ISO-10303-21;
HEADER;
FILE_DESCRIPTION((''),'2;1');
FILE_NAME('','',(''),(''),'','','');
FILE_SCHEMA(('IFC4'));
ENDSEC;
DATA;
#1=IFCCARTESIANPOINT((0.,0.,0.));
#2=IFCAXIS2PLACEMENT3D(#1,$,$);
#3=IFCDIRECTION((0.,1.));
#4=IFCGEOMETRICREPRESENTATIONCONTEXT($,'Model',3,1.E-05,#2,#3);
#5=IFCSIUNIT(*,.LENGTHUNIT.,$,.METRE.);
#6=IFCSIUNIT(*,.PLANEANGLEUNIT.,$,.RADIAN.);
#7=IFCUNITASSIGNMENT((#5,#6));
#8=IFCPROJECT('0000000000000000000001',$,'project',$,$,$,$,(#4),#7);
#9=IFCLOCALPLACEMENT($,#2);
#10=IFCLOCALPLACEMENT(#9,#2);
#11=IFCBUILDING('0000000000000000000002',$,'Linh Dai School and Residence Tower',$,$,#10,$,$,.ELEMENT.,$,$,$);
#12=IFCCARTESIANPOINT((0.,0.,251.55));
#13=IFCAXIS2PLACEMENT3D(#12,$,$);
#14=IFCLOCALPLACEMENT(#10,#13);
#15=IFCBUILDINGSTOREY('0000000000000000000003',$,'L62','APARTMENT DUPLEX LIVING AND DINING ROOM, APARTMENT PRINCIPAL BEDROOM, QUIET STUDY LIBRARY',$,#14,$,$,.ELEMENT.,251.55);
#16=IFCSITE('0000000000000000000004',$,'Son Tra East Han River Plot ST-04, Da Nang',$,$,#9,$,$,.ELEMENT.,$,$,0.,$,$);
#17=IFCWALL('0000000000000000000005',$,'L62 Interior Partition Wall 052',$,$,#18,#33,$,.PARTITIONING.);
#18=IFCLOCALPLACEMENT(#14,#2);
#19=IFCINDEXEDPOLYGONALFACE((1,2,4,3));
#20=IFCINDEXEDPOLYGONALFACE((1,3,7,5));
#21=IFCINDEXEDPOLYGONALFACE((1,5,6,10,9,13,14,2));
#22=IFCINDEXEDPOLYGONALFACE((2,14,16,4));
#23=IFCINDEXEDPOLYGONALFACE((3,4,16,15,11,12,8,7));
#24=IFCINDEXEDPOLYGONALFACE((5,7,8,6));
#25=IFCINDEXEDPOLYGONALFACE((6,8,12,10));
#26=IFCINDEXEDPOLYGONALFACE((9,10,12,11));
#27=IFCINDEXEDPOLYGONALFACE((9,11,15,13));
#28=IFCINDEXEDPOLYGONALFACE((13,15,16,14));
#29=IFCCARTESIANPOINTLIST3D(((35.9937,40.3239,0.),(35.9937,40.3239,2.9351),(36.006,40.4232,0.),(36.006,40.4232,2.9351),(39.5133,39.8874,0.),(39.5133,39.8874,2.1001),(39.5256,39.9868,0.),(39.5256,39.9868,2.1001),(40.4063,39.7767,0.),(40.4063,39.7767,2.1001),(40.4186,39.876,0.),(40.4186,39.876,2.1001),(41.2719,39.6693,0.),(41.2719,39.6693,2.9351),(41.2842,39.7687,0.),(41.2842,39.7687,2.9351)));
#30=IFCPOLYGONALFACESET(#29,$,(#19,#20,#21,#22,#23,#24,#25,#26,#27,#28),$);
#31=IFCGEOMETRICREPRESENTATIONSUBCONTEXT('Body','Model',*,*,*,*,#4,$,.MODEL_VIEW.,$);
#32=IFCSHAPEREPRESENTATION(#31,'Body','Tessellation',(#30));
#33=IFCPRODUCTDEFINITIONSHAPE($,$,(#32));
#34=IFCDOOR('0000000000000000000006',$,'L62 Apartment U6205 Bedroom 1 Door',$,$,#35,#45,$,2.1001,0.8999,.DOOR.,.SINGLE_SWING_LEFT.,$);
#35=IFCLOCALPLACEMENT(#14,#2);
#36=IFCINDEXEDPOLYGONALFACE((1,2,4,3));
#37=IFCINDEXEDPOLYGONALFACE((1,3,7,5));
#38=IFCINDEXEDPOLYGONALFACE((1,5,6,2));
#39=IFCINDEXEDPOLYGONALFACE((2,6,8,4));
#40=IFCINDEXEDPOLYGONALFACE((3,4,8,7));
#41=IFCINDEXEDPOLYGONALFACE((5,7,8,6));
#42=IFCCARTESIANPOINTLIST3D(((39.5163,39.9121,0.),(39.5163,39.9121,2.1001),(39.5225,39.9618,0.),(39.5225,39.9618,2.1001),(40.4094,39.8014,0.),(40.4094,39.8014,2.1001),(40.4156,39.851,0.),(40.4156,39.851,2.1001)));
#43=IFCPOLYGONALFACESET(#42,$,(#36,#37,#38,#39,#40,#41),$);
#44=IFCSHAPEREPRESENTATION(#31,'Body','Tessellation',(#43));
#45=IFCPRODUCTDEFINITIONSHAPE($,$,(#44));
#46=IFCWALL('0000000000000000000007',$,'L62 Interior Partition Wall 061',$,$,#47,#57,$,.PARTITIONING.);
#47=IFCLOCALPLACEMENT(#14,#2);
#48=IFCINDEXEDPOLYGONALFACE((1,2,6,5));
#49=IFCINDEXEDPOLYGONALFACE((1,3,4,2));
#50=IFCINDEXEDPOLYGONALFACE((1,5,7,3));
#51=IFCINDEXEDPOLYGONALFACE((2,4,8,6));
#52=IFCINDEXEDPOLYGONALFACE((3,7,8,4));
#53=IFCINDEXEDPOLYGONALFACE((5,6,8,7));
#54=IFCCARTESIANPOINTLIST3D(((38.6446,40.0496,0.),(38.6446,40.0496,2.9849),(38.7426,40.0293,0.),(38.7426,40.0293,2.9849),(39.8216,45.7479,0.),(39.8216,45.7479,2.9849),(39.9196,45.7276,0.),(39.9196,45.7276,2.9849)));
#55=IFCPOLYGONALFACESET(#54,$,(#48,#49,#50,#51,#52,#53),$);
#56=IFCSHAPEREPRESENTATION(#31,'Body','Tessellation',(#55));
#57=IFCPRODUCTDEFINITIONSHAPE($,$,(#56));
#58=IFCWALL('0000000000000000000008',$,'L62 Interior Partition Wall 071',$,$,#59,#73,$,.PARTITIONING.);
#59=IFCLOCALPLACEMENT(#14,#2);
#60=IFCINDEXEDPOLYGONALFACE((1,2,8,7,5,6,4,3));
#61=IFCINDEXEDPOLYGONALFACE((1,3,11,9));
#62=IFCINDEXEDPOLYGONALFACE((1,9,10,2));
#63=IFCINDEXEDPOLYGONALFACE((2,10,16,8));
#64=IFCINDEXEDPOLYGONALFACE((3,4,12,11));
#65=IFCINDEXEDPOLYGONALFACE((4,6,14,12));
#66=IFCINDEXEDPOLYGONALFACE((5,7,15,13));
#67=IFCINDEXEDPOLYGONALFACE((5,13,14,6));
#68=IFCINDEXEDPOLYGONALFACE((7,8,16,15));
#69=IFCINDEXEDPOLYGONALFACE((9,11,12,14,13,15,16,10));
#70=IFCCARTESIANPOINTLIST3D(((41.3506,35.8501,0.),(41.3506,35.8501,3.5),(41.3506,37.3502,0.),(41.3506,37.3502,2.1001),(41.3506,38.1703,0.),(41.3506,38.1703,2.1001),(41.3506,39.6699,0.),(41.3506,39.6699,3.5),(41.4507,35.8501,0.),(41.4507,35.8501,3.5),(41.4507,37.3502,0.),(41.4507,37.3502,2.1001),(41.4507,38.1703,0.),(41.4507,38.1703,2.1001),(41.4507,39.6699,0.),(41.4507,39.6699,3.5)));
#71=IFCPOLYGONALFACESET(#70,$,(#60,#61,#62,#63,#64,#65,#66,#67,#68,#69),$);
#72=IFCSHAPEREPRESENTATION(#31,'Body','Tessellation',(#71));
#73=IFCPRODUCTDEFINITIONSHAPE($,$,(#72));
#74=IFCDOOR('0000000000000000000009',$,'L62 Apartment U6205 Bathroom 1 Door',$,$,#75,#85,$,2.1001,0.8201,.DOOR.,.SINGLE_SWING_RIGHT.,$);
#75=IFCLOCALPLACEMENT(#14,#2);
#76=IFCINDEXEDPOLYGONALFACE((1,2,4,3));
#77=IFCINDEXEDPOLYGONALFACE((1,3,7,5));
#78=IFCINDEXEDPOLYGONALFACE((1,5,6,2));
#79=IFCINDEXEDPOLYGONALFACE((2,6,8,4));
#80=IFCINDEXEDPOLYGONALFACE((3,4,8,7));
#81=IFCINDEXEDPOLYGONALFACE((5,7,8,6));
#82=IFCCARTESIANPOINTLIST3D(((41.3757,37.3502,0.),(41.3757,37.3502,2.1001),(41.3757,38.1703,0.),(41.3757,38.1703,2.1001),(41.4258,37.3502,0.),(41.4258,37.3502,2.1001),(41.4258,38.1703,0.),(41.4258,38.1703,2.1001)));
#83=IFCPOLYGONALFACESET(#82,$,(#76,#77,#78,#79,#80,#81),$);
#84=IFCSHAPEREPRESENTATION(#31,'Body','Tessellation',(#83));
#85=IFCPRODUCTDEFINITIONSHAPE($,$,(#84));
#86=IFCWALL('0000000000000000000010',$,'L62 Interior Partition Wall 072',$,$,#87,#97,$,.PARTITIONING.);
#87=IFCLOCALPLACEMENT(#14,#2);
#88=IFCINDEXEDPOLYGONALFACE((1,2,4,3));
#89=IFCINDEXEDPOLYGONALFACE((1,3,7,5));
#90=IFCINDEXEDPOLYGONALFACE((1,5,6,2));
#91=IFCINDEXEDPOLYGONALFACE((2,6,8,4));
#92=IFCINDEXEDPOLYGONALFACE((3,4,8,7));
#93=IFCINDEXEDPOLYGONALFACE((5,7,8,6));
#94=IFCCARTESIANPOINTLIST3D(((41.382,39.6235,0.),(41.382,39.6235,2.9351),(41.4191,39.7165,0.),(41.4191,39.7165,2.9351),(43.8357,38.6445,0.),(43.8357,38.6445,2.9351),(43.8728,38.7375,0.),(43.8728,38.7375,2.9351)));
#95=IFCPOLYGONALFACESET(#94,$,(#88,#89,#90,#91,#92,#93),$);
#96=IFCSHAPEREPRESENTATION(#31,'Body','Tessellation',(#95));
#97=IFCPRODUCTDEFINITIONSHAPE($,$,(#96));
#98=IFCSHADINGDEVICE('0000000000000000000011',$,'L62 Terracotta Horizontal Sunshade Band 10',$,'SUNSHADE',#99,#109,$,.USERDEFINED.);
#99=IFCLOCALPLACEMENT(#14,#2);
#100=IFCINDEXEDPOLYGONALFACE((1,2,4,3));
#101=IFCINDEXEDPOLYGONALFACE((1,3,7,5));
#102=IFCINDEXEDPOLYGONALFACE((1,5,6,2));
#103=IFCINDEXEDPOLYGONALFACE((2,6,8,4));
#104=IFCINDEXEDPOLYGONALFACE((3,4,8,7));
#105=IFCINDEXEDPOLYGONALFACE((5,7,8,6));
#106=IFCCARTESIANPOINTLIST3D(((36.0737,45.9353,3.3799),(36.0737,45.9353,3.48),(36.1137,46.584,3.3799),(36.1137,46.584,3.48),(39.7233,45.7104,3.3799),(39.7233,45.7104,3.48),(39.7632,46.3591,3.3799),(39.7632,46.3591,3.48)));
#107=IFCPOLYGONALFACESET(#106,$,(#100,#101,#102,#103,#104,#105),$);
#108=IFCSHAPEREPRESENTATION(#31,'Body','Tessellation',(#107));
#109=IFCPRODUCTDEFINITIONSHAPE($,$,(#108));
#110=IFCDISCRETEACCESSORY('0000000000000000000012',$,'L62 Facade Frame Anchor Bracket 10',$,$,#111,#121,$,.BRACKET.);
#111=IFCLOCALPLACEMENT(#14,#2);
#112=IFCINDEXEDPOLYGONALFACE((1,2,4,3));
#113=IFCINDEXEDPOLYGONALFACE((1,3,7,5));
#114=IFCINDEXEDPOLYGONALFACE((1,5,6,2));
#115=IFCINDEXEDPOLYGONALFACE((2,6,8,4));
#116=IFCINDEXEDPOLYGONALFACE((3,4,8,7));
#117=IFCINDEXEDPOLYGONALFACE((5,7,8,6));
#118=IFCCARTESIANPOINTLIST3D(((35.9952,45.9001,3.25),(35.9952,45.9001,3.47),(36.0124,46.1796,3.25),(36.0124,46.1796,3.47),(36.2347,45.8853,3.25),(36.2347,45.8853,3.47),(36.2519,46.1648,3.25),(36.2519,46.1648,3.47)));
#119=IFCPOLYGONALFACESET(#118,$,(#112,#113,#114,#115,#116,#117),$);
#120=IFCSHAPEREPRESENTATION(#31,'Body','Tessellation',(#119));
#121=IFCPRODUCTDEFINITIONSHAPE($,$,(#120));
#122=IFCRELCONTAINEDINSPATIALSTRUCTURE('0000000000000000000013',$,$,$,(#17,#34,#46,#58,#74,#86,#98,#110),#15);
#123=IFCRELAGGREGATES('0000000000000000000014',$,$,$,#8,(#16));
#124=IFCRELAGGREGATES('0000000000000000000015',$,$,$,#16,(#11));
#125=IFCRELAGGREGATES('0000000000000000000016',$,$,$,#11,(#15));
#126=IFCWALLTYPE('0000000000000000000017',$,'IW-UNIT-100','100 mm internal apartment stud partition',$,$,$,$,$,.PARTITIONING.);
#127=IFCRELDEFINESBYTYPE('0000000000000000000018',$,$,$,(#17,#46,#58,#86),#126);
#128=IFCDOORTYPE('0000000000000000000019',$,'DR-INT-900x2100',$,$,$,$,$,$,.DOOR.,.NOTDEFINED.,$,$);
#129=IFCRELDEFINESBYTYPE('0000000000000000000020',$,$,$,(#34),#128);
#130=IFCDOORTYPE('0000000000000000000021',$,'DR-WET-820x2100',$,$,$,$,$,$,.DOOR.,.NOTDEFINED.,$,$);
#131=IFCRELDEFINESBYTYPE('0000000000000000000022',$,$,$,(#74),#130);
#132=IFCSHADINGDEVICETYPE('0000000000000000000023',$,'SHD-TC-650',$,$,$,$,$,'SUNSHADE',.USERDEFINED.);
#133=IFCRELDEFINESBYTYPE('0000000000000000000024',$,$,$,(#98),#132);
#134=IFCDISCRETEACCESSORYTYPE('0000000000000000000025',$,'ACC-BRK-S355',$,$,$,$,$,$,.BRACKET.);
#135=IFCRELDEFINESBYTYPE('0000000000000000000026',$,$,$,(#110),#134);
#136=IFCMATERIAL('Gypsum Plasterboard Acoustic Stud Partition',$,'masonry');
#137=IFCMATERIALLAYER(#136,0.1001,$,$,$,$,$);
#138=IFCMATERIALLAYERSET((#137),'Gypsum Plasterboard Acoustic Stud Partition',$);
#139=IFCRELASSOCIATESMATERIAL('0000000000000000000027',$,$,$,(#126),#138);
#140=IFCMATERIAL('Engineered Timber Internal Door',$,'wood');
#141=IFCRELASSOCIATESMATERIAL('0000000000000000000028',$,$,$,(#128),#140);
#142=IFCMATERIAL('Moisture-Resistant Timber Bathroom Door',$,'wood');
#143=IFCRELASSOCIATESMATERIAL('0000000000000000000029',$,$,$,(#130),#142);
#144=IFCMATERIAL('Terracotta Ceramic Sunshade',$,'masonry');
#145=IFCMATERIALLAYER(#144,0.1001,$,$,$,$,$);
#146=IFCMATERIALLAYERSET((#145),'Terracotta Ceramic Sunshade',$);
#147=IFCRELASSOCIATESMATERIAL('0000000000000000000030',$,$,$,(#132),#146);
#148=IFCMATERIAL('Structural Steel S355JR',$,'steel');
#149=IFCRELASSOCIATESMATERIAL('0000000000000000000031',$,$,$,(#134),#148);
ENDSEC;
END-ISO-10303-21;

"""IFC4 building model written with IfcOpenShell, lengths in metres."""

from ifc_helpers import new_model, si_unit, direction, frame, frame_2d, origin, origin_2d, place, context, subcontext, project, spatial, rectangle, extrude, source, transform, mapped, material, layer, layer_set, type_object, element, fill, save


model = new_model("IFC4")

# Units and contexts
model_context = context("Model", 3, precision=1e-05, world=origin(), true_north=direction((0.0, 1.0)))
body_context = subcontext(model_context, "Body", "Model", "MODEL_VIEW")
ifc_project = project(units=[si_unit("LENGTHUNIT", "METRE"), si_unit("PLANEANGLEUNIT", "RADIAN")], contexts=[model_context])

# Site, building, storey
site_placement = place(None, origin())
site = spatial("IfcSite", under=ifc_project, at=site_placement, Name="Son Tra East Han River Plot ST-04, Da Nang", CompositionType="ELEMENT", RefElevation=0.0)
building_placement = place(site_placement, origin())
building = spatial("IfcBuilding", under=site, at=building_placement, Name="Linh Dai School and Residence Tower", CompositionType="ELEMENT")
storey_placement = place(building_placement, frame((0.0, 0.0, 251.55)))
storey = spatial("IfcBuildingStorey", under=building, at=storey_placement, Name="L62", Description="APARTMENT DUPLEX LIVING AND DINING ROOM, APARTMENT PRINCIPAL BEDROOM, QUIET STUDY LIBRARY", CompositionType="ELEMENT", Elevation=251.55)

# Shared definitions
ifc_material_1 = material(Name="Structural Steel S355JR", Category="steel")

# Wall, opening, door
ifc_material_2 = material(Name="Gypsum Plasterboard Acoustic Stud Partition", Category="masonry")
ifc_layer_1 = layer(ifc_material_2, 0.1001)
ifc_layer_set_1 = layer_set([ifc_layer_1], Name="Gypsum Plasterboard Acoustic Stud Partition")
wall_type_1 = type_object("IfcWallType", Name="IW-UNIT-100", Description="100 mm internal apartment stud partition", PredefinedType="PARTITIONING", material=ifc_layer_set_1)
wall_1_placement = place(storey_placement, frame((36.0, 40.3735, 0.0), z_axis=(0.0, 0.0, 1.0), x_axis=(0.992398, -0.123069, 0.0)))
wall_1 = element("IfcWall", 1, at=wall_1_placement, inside=storey, type_object=wall_type_1, Name="L62 Interior Partition Wall 052", PredefinedType="PARTITIONING", context=body_context, shape_type="SweptSolid", body=[
    extrude(rectangle(XDim=5.3186, YDim=0.1001, at=frame_2d((2.6592, 0.0))), origin(), (0.0, 0.0, 1.0), 2.9351),
])
opening_1_placement = place(wall_1_placement, frame((3.5464, 0.0, 0.0)))
opening_1 = element("IfcOpeningElement", 2, at=opening_1_placement, cuts=wall_1, PredefinedType="OPENING", context=body_context, shape_type="SweptSolid", body=[
    extrude(rectangle(XDim=0.8999, YDim=2.1001, at=origin_2d()), frame((0.45, 0.0601, 1.05), z_axis=(0.0, -1.0, 0.0), x_axis=(1.0, 0.0, 0.0)), (0.0, 0.0, 1.0), 0.1201),
])
ifc_material_3 = material(Name="Engineered Timber Internal Door", Category="wood")
door_type_1 = type_object("IfcDoorType", Name="DR-INT-900x2100", OperationType="NOTDEFINED", PredefinedType="DOOR", material=ifc_material_3)
shared_shape_1 = source(origin(), body_context, "Body", "SweptSolid", [
    extrude(rectangle(XDim=0.8999, YDim=2.1001, at=origin_2d()), frame((0.45, 0.0249, 1.05), z_axis=(0.0, -1.0, 0.0), x_axis=(1.0, 0.0, 0.0)), (0.0, 0.0, 1.0), 0.05),
])
door_1_placement = place(opening_1_placement, origin())
door_1 = element("IfcDoor", 3, at=door_1_placement, inside=storey, type_object=door_type_1, Name="L62 Apartment U6205 Bedroom 1 Door", OperationType="SINGLE_SWING_LEFT", OverallHeight=2.1001, OverallWidth=0.8999, PredefinedType="DOOR", context=body_context, shape_type="MappedRepresentation", body=[
    mapped(shared_shape_1, transform((0.0, 0.0, 0.0), x_axis=(1.0, 0.0, 0.0), y_axis=(0.0, 1.0, 0.0), z_axis=(0.0, 0.0, 1.0), scale=1.0)),
])
fill(opening_1, door_1)

# Wall
wall_2_placement = place(storey_placement, frame((38.6936, 40.0396, 0.0), z_axis=(0.0, 0.0, 1.0), x_axis=(0.202285, 0.979327, 0.0)))
element("IfcWall", 4, at=wall_2_placement, inside=storey, type_object=wall_type_1, Name="L62 Interior Partition Wall 061", PredefinedType="PARTITIONING", context=body_context, shape_type="SweptSolid", body=[
    extrude(rectangle(XDim=5.8186, YDim=0.1001, at=frame_2d((2.9092, 0.0))), origin(), (0.0, 0.0, 1.0), 2.9849),
])

# Wall, opening, door
wall_3_placement = place(storey_placement, frame((41.4006, 35.8501, 0.0), z_axis=(0.0, 0.0, 1.0), x_axis=(0.0, 1.0, 0.0)))
wall_3 = element("IfcWall", 5, at=wall_3_placement, inside=storey, type_object=wall_type_1, Name="L62 Interior Partition Wall 071", PredefinedType="PARTITIONING", context=body_context, shape_type="SweptSolid", body=[
    extrude(rectangle(XDim=3.8198, YDim=0.1001, at=frame_2d((1.9099, 0.0))), origin(), (0.0, 0.0, 1.0), 3.5),
])
opening_2_placement = place(wall_3_placement, frame((1.5, 0.0, 0.0)))
opening_2 = element("IfcOpeningElement", 6, at=opening_2_placement, cuts=wall_3, PredefinedType="OPENING", context=body_context, shape_type="SweptSolid", body=[
    extrude(rectangle(XDim=0.8201, YDim=2.1001, at=origin_2d()), frame((0.4102, 0.0601, 1.05), z_axis=(0.0, -1.0, 0.0), x_axis=(1.0, 0.0, 0.0)), (0.0, 0.0, 1.0), 0.1201),
])
ifc_material_4 = material(Name="Moisture-Resistant Timber Bathroom Door", Category="wood")
door_type_2 = type_object("IfcDoorType", Name="DR-WET-820x2100", OperationType="NOTDEFINED", PredefinedType="DOOR", material=ifc_material_4)
shared_shape_2 = source(origin(), body_context, "Body", "SweptSolid", [
    extrude(rectangle(XDim=0.8201, YDim=2.1001, at=origin_2d()), frame((0.4102, 0.0249, 1.05), z_axis=(0.0, -1.0, 0.0), x_axis=(1.0, 0.0, 0.0)), (0.0, 0.0, 1.0), 0.05),
])
door_2_placement = place(opening_2_placement, origin())
door_2 = element("IfcDoor", 7, at=door_2_placement, inside=storey, type_object=door_type_2, Name="L62 Apartment U6205 Bathroom 1 Door", OperationType="SINGLE_SWING_RIGHT", OverallHeight=2.1001, OverallWidth=0.8201, PredefinedType="DOOR", context=body_context, shape_type="MappedRepresentation", body=[
    mapped(shared_shape_2, transform((0.0, 0.0, 0.0), x_axis=(1.0, 0.0, 0.0), y_axis=(0.0, 1.0, 0.0), z_axis=(0.0, 0.0, 1.0), scale=1.0)),
])
fill(opening_2, door_2)

# Wall
wall_4_placement = place(storey_placement, frame((41.4006, 39.6699, 0.0), z_axis=(0.0, 0.0, 1.0), x_axis=(0.928808, -0.370562, 0.0)))
element("IfcWall", 8, at=wall_4_placement, inside=storey, type_object=wall_type_1, Name="L62 Interior Partition Wall 072", PredefinedType="PARTITIONING", context=body_context, shape_type="SweptSolid", body=[
    extrude(rectangle(XDim=2.6418, YDim=0.1001, at=frame_2d((1.3208, 0.0))), origin(), (0.0, 0.0, 1.0), 2.9351),
])

# Shading device
ifc_material_5 = material(Name="Terracotta Ceramic Sunshade", Category="masonry")
ifc_layer_2 = layer(ifc_material_5, 0.1001)
ifc_layer_set_2 = layer_set([ifc_layer_2], Name="Terracotta Ceramic Sunshade")
shading_device_type = type_object("IfcShadingDeviceType", Name="SHD-TC-650", ElementType="SUNSHADE", PredefinedType="USERDEFINED", material=ifc_layer_set_2)
shared_shape_3 = source(origin(), body_context, "Body", "SweptSolid", [
    extrude(rectangle(XDim=3.6565, YDim=0.6499, at=origin_2d()), origin(), (0.0, 0.0, 1.0), 0.1001),
])
shading_device_placement = place(storey_placement, frame((37.9185, 46.1472, 3.3799), z_axis=(0.0, 0.0, 1.0), x_axis=(0.998107, -0.061504, 0.0)))
element("IfcShadingDevice", 9, at=shading_device_placement, inside=storey, type_object=shading_device_type, Name="L62 Terracotta Horizontal Sunshade Band 10", ObjectType="SUNSHADE", PredefinedType="USERDEFINED", context=body_context, shape_type="MappedRepresentation", body=[
    mapped(shared_shape_3, transform((0.0, 0.0, 0.0), x_axis=(1.0, 0.0, 0.0), y_axis=(0.0, 1.0, 0.0), z_axis=(0.0, 0.0, 1.0), scale=1.0)),
])

# Discrete accessory
discrete_accessory_type = type_object("IfcDiscreteAccessoryType", Name="ACC-BRK-S355", PredefinedType="BRACKET", material=ifc_material_1)
shared_shape_4 = source(origin(), body_context, "Body", "SweptSolid", [
    extrude(rectangle(XDim=0.28, YDim=0.24, at=origin_2d()), origin(), (0.0, 0.0, 1.0), 0.22),
])
discrete_accessory_placement = place(storey_placement, frame((36.1235, 46.0325, 3.25), z_axis=(0.0, 0.0, 1.0), x_axis=(0.061504, 0.998107, 0.0)))
element("IfcDiscreteAccessory", 10, at=discrete_accessory_placement, inside=storey, type_object=discrete_accessory_type, Name="L62 Facade Frame Anchor Bracket 10", PredefinedType="BRACKET", context=body_context, shape_type="MappedRepresentation", body=[
    mapped(shared_shape_4, transform((0.0, 0.0, 0.0), x_axis=(1.0, 0.0, 0.0), y_axis=(0.0, 1.0, 0.0), z_axis=(0.0, 0.0, 1.0), scale=1.0)),
])

save(model, "model.ifc")
